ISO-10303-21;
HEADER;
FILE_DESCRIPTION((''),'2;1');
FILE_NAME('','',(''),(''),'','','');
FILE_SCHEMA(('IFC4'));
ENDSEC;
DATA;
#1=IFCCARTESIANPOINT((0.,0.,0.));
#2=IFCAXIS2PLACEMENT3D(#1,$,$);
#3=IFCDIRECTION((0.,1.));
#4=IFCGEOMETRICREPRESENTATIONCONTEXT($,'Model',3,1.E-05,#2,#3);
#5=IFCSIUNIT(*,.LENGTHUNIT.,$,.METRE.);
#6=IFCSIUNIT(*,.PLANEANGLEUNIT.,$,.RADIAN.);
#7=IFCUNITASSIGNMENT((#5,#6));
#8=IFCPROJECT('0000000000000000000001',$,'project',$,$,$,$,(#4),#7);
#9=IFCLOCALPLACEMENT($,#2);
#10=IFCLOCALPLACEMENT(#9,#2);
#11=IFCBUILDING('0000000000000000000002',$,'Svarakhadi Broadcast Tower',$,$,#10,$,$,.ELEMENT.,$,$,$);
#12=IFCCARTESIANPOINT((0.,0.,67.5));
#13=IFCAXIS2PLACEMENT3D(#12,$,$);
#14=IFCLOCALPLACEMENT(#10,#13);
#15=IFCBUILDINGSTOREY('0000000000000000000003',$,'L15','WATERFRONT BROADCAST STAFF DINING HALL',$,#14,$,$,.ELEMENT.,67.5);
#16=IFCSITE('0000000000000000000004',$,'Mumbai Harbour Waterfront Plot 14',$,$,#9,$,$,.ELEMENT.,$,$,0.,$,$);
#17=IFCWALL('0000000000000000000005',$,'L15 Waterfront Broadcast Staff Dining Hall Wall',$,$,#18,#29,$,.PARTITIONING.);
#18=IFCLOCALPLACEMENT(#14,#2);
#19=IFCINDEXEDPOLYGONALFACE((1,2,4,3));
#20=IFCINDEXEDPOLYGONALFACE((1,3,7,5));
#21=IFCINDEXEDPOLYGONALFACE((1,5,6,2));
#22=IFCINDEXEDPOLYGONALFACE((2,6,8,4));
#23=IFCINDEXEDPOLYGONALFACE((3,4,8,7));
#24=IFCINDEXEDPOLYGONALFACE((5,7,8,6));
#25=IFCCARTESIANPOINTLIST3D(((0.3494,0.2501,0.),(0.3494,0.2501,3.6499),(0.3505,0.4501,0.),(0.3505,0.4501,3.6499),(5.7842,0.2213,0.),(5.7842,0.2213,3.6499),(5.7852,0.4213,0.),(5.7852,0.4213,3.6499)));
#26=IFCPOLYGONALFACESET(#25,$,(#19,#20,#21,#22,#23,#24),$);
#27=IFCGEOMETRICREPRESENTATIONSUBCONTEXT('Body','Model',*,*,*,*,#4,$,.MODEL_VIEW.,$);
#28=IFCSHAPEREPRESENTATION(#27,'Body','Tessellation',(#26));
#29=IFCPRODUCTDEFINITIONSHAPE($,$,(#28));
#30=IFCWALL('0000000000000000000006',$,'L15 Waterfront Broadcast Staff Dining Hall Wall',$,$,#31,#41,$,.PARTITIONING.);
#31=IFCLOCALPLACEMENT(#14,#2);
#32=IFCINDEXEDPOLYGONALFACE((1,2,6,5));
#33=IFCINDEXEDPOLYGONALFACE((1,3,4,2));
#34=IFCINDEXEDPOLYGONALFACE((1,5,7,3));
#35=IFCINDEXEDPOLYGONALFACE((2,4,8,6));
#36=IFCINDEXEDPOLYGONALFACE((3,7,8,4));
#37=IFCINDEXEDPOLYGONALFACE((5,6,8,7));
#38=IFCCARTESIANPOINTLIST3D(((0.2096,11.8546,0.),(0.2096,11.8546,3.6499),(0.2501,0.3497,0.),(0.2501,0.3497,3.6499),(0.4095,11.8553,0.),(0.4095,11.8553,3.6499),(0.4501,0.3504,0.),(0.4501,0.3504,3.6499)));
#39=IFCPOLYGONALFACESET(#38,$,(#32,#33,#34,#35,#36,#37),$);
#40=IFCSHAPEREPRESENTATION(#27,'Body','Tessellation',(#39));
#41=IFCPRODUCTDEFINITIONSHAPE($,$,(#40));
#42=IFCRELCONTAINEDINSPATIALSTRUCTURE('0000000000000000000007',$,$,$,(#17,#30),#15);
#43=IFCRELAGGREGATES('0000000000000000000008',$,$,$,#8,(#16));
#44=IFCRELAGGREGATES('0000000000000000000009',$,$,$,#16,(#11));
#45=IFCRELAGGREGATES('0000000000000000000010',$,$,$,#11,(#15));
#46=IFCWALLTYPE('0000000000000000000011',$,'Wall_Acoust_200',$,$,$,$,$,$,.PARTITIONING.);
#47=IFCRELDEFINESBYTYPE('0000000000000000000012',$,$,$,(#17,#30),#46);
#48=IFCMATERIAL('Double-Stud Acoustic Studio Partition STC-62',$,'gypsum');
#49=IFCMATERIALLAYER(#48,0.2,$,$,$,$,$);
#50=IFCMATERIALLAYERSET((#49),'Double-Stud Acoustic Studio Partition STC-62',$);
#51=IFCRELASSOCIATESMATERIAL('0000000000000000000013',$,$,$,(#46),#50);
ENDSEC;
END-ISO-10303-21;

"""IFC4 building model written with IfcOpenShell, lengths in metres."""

from ifc_helpers import new_model, si_unit, direction, frame, frame_2d, origin, place, context, subcontext, project, spatial, rectangle, extrude, material, layer, layer_set, type_object, element, save


model = new_model("IFC4")

# Units and contexts
model_context = context("Model", 3, precision=1e-05, world=origin(), true_north=direction((0.0, 1.0)))
body_context = subcontext(model_context, "Body", "Model", "MODEL_VIEW")
ifc_project = project(units=[si_unit("LENGTHUNIT", "METRE"), si_unit("PLANEANGLEUNIT", "RADIAN")], contexts=[model_context])

# Site, building, storey
site_placement = place(None, origin())
site = spatial("IfcSite", under=ifc_project, at=site_placement, Name="Mumbai Harbour Waterfront Plot 14", CompositionType="ELEMENT", RefElevation=0.0)
building_placement = place(site_placement, origin())
building = spatial("IfcBuilding", under=site, at=building_placement, Name="Svarakhadi Broadcast Tower", CompositionType="ELEMENT")
storey_placement = place(building_placement, frame((0.0, 0.0, 67.5)))
storey = spatial("IfcBuildingStorey", under=building, at=storey_placement, Name="L15", Description="WATERFRONT BROADCAST STAFF DINING HALL", CompositionType="ELEMENT", Elevation=67.5)

# Walls
ifc_material_1 = material(Name="Double-Stud Acoustic Studio Partition STC-62", Category="gypsum")
ifc_layer_1 = layer(ifc_material_1, 0.2)
ifc_layer_set_1 = layer_set([ifc_layer_1], Name="Double-Stud Acoustic Studio Partition STC-62")
wall_type = type_object("IfcWallType", Name="Wall_Acoust_200", PredefinedType="PARTITIONING", material=ifc_layer_set_1)
wall_1_placement = place(storey_placement, frame((0.3501, 0.3501, 0.0), z_axis=(0.0, 0.0, 1.0), x_axis=(0.999986, -0.005301, 0.0)))
element("IfcWall", 1, at=wall_1_placement, inside=storey, type_object=wall_type, Name="L15 Waterfront Broadcast Staff Dining Hall Wall", PredefinedType="PARTITIONING", context=body_context, shape_type="SweptSolid", body=[
    extrude(rectangle(XDim=5.4348, YDim=0.2, at=frame_2d((2.7173, 0.0))), origin(), (0.0, 0.0, 1.0), 3.6499),
])
wall_2_placement = place(storey_placement, frame((0.3501, 0.3501, 0.0), z_axis=(0.0, 0.0, 1.0), x_axis=(-0.003523, 0.999994, 0.0)))
element("IfcWall", 2, at=wall_2_placement, inside=storey, type_object=wall_type, Name="L15 Waterfront Broadcast Staff Dining Hall Wall", PredefinedType="PARTITIONING", context=body_context, shape_type="SweptSolid", body=[
    extrude(rectangle(XDim=11.5049, YDim=0.2, at=frame_2d((5.7524, 0.0))), origin(), (0.0, 0.0, 1.0), 3.6499),
])

save(model, "model.ifc")
